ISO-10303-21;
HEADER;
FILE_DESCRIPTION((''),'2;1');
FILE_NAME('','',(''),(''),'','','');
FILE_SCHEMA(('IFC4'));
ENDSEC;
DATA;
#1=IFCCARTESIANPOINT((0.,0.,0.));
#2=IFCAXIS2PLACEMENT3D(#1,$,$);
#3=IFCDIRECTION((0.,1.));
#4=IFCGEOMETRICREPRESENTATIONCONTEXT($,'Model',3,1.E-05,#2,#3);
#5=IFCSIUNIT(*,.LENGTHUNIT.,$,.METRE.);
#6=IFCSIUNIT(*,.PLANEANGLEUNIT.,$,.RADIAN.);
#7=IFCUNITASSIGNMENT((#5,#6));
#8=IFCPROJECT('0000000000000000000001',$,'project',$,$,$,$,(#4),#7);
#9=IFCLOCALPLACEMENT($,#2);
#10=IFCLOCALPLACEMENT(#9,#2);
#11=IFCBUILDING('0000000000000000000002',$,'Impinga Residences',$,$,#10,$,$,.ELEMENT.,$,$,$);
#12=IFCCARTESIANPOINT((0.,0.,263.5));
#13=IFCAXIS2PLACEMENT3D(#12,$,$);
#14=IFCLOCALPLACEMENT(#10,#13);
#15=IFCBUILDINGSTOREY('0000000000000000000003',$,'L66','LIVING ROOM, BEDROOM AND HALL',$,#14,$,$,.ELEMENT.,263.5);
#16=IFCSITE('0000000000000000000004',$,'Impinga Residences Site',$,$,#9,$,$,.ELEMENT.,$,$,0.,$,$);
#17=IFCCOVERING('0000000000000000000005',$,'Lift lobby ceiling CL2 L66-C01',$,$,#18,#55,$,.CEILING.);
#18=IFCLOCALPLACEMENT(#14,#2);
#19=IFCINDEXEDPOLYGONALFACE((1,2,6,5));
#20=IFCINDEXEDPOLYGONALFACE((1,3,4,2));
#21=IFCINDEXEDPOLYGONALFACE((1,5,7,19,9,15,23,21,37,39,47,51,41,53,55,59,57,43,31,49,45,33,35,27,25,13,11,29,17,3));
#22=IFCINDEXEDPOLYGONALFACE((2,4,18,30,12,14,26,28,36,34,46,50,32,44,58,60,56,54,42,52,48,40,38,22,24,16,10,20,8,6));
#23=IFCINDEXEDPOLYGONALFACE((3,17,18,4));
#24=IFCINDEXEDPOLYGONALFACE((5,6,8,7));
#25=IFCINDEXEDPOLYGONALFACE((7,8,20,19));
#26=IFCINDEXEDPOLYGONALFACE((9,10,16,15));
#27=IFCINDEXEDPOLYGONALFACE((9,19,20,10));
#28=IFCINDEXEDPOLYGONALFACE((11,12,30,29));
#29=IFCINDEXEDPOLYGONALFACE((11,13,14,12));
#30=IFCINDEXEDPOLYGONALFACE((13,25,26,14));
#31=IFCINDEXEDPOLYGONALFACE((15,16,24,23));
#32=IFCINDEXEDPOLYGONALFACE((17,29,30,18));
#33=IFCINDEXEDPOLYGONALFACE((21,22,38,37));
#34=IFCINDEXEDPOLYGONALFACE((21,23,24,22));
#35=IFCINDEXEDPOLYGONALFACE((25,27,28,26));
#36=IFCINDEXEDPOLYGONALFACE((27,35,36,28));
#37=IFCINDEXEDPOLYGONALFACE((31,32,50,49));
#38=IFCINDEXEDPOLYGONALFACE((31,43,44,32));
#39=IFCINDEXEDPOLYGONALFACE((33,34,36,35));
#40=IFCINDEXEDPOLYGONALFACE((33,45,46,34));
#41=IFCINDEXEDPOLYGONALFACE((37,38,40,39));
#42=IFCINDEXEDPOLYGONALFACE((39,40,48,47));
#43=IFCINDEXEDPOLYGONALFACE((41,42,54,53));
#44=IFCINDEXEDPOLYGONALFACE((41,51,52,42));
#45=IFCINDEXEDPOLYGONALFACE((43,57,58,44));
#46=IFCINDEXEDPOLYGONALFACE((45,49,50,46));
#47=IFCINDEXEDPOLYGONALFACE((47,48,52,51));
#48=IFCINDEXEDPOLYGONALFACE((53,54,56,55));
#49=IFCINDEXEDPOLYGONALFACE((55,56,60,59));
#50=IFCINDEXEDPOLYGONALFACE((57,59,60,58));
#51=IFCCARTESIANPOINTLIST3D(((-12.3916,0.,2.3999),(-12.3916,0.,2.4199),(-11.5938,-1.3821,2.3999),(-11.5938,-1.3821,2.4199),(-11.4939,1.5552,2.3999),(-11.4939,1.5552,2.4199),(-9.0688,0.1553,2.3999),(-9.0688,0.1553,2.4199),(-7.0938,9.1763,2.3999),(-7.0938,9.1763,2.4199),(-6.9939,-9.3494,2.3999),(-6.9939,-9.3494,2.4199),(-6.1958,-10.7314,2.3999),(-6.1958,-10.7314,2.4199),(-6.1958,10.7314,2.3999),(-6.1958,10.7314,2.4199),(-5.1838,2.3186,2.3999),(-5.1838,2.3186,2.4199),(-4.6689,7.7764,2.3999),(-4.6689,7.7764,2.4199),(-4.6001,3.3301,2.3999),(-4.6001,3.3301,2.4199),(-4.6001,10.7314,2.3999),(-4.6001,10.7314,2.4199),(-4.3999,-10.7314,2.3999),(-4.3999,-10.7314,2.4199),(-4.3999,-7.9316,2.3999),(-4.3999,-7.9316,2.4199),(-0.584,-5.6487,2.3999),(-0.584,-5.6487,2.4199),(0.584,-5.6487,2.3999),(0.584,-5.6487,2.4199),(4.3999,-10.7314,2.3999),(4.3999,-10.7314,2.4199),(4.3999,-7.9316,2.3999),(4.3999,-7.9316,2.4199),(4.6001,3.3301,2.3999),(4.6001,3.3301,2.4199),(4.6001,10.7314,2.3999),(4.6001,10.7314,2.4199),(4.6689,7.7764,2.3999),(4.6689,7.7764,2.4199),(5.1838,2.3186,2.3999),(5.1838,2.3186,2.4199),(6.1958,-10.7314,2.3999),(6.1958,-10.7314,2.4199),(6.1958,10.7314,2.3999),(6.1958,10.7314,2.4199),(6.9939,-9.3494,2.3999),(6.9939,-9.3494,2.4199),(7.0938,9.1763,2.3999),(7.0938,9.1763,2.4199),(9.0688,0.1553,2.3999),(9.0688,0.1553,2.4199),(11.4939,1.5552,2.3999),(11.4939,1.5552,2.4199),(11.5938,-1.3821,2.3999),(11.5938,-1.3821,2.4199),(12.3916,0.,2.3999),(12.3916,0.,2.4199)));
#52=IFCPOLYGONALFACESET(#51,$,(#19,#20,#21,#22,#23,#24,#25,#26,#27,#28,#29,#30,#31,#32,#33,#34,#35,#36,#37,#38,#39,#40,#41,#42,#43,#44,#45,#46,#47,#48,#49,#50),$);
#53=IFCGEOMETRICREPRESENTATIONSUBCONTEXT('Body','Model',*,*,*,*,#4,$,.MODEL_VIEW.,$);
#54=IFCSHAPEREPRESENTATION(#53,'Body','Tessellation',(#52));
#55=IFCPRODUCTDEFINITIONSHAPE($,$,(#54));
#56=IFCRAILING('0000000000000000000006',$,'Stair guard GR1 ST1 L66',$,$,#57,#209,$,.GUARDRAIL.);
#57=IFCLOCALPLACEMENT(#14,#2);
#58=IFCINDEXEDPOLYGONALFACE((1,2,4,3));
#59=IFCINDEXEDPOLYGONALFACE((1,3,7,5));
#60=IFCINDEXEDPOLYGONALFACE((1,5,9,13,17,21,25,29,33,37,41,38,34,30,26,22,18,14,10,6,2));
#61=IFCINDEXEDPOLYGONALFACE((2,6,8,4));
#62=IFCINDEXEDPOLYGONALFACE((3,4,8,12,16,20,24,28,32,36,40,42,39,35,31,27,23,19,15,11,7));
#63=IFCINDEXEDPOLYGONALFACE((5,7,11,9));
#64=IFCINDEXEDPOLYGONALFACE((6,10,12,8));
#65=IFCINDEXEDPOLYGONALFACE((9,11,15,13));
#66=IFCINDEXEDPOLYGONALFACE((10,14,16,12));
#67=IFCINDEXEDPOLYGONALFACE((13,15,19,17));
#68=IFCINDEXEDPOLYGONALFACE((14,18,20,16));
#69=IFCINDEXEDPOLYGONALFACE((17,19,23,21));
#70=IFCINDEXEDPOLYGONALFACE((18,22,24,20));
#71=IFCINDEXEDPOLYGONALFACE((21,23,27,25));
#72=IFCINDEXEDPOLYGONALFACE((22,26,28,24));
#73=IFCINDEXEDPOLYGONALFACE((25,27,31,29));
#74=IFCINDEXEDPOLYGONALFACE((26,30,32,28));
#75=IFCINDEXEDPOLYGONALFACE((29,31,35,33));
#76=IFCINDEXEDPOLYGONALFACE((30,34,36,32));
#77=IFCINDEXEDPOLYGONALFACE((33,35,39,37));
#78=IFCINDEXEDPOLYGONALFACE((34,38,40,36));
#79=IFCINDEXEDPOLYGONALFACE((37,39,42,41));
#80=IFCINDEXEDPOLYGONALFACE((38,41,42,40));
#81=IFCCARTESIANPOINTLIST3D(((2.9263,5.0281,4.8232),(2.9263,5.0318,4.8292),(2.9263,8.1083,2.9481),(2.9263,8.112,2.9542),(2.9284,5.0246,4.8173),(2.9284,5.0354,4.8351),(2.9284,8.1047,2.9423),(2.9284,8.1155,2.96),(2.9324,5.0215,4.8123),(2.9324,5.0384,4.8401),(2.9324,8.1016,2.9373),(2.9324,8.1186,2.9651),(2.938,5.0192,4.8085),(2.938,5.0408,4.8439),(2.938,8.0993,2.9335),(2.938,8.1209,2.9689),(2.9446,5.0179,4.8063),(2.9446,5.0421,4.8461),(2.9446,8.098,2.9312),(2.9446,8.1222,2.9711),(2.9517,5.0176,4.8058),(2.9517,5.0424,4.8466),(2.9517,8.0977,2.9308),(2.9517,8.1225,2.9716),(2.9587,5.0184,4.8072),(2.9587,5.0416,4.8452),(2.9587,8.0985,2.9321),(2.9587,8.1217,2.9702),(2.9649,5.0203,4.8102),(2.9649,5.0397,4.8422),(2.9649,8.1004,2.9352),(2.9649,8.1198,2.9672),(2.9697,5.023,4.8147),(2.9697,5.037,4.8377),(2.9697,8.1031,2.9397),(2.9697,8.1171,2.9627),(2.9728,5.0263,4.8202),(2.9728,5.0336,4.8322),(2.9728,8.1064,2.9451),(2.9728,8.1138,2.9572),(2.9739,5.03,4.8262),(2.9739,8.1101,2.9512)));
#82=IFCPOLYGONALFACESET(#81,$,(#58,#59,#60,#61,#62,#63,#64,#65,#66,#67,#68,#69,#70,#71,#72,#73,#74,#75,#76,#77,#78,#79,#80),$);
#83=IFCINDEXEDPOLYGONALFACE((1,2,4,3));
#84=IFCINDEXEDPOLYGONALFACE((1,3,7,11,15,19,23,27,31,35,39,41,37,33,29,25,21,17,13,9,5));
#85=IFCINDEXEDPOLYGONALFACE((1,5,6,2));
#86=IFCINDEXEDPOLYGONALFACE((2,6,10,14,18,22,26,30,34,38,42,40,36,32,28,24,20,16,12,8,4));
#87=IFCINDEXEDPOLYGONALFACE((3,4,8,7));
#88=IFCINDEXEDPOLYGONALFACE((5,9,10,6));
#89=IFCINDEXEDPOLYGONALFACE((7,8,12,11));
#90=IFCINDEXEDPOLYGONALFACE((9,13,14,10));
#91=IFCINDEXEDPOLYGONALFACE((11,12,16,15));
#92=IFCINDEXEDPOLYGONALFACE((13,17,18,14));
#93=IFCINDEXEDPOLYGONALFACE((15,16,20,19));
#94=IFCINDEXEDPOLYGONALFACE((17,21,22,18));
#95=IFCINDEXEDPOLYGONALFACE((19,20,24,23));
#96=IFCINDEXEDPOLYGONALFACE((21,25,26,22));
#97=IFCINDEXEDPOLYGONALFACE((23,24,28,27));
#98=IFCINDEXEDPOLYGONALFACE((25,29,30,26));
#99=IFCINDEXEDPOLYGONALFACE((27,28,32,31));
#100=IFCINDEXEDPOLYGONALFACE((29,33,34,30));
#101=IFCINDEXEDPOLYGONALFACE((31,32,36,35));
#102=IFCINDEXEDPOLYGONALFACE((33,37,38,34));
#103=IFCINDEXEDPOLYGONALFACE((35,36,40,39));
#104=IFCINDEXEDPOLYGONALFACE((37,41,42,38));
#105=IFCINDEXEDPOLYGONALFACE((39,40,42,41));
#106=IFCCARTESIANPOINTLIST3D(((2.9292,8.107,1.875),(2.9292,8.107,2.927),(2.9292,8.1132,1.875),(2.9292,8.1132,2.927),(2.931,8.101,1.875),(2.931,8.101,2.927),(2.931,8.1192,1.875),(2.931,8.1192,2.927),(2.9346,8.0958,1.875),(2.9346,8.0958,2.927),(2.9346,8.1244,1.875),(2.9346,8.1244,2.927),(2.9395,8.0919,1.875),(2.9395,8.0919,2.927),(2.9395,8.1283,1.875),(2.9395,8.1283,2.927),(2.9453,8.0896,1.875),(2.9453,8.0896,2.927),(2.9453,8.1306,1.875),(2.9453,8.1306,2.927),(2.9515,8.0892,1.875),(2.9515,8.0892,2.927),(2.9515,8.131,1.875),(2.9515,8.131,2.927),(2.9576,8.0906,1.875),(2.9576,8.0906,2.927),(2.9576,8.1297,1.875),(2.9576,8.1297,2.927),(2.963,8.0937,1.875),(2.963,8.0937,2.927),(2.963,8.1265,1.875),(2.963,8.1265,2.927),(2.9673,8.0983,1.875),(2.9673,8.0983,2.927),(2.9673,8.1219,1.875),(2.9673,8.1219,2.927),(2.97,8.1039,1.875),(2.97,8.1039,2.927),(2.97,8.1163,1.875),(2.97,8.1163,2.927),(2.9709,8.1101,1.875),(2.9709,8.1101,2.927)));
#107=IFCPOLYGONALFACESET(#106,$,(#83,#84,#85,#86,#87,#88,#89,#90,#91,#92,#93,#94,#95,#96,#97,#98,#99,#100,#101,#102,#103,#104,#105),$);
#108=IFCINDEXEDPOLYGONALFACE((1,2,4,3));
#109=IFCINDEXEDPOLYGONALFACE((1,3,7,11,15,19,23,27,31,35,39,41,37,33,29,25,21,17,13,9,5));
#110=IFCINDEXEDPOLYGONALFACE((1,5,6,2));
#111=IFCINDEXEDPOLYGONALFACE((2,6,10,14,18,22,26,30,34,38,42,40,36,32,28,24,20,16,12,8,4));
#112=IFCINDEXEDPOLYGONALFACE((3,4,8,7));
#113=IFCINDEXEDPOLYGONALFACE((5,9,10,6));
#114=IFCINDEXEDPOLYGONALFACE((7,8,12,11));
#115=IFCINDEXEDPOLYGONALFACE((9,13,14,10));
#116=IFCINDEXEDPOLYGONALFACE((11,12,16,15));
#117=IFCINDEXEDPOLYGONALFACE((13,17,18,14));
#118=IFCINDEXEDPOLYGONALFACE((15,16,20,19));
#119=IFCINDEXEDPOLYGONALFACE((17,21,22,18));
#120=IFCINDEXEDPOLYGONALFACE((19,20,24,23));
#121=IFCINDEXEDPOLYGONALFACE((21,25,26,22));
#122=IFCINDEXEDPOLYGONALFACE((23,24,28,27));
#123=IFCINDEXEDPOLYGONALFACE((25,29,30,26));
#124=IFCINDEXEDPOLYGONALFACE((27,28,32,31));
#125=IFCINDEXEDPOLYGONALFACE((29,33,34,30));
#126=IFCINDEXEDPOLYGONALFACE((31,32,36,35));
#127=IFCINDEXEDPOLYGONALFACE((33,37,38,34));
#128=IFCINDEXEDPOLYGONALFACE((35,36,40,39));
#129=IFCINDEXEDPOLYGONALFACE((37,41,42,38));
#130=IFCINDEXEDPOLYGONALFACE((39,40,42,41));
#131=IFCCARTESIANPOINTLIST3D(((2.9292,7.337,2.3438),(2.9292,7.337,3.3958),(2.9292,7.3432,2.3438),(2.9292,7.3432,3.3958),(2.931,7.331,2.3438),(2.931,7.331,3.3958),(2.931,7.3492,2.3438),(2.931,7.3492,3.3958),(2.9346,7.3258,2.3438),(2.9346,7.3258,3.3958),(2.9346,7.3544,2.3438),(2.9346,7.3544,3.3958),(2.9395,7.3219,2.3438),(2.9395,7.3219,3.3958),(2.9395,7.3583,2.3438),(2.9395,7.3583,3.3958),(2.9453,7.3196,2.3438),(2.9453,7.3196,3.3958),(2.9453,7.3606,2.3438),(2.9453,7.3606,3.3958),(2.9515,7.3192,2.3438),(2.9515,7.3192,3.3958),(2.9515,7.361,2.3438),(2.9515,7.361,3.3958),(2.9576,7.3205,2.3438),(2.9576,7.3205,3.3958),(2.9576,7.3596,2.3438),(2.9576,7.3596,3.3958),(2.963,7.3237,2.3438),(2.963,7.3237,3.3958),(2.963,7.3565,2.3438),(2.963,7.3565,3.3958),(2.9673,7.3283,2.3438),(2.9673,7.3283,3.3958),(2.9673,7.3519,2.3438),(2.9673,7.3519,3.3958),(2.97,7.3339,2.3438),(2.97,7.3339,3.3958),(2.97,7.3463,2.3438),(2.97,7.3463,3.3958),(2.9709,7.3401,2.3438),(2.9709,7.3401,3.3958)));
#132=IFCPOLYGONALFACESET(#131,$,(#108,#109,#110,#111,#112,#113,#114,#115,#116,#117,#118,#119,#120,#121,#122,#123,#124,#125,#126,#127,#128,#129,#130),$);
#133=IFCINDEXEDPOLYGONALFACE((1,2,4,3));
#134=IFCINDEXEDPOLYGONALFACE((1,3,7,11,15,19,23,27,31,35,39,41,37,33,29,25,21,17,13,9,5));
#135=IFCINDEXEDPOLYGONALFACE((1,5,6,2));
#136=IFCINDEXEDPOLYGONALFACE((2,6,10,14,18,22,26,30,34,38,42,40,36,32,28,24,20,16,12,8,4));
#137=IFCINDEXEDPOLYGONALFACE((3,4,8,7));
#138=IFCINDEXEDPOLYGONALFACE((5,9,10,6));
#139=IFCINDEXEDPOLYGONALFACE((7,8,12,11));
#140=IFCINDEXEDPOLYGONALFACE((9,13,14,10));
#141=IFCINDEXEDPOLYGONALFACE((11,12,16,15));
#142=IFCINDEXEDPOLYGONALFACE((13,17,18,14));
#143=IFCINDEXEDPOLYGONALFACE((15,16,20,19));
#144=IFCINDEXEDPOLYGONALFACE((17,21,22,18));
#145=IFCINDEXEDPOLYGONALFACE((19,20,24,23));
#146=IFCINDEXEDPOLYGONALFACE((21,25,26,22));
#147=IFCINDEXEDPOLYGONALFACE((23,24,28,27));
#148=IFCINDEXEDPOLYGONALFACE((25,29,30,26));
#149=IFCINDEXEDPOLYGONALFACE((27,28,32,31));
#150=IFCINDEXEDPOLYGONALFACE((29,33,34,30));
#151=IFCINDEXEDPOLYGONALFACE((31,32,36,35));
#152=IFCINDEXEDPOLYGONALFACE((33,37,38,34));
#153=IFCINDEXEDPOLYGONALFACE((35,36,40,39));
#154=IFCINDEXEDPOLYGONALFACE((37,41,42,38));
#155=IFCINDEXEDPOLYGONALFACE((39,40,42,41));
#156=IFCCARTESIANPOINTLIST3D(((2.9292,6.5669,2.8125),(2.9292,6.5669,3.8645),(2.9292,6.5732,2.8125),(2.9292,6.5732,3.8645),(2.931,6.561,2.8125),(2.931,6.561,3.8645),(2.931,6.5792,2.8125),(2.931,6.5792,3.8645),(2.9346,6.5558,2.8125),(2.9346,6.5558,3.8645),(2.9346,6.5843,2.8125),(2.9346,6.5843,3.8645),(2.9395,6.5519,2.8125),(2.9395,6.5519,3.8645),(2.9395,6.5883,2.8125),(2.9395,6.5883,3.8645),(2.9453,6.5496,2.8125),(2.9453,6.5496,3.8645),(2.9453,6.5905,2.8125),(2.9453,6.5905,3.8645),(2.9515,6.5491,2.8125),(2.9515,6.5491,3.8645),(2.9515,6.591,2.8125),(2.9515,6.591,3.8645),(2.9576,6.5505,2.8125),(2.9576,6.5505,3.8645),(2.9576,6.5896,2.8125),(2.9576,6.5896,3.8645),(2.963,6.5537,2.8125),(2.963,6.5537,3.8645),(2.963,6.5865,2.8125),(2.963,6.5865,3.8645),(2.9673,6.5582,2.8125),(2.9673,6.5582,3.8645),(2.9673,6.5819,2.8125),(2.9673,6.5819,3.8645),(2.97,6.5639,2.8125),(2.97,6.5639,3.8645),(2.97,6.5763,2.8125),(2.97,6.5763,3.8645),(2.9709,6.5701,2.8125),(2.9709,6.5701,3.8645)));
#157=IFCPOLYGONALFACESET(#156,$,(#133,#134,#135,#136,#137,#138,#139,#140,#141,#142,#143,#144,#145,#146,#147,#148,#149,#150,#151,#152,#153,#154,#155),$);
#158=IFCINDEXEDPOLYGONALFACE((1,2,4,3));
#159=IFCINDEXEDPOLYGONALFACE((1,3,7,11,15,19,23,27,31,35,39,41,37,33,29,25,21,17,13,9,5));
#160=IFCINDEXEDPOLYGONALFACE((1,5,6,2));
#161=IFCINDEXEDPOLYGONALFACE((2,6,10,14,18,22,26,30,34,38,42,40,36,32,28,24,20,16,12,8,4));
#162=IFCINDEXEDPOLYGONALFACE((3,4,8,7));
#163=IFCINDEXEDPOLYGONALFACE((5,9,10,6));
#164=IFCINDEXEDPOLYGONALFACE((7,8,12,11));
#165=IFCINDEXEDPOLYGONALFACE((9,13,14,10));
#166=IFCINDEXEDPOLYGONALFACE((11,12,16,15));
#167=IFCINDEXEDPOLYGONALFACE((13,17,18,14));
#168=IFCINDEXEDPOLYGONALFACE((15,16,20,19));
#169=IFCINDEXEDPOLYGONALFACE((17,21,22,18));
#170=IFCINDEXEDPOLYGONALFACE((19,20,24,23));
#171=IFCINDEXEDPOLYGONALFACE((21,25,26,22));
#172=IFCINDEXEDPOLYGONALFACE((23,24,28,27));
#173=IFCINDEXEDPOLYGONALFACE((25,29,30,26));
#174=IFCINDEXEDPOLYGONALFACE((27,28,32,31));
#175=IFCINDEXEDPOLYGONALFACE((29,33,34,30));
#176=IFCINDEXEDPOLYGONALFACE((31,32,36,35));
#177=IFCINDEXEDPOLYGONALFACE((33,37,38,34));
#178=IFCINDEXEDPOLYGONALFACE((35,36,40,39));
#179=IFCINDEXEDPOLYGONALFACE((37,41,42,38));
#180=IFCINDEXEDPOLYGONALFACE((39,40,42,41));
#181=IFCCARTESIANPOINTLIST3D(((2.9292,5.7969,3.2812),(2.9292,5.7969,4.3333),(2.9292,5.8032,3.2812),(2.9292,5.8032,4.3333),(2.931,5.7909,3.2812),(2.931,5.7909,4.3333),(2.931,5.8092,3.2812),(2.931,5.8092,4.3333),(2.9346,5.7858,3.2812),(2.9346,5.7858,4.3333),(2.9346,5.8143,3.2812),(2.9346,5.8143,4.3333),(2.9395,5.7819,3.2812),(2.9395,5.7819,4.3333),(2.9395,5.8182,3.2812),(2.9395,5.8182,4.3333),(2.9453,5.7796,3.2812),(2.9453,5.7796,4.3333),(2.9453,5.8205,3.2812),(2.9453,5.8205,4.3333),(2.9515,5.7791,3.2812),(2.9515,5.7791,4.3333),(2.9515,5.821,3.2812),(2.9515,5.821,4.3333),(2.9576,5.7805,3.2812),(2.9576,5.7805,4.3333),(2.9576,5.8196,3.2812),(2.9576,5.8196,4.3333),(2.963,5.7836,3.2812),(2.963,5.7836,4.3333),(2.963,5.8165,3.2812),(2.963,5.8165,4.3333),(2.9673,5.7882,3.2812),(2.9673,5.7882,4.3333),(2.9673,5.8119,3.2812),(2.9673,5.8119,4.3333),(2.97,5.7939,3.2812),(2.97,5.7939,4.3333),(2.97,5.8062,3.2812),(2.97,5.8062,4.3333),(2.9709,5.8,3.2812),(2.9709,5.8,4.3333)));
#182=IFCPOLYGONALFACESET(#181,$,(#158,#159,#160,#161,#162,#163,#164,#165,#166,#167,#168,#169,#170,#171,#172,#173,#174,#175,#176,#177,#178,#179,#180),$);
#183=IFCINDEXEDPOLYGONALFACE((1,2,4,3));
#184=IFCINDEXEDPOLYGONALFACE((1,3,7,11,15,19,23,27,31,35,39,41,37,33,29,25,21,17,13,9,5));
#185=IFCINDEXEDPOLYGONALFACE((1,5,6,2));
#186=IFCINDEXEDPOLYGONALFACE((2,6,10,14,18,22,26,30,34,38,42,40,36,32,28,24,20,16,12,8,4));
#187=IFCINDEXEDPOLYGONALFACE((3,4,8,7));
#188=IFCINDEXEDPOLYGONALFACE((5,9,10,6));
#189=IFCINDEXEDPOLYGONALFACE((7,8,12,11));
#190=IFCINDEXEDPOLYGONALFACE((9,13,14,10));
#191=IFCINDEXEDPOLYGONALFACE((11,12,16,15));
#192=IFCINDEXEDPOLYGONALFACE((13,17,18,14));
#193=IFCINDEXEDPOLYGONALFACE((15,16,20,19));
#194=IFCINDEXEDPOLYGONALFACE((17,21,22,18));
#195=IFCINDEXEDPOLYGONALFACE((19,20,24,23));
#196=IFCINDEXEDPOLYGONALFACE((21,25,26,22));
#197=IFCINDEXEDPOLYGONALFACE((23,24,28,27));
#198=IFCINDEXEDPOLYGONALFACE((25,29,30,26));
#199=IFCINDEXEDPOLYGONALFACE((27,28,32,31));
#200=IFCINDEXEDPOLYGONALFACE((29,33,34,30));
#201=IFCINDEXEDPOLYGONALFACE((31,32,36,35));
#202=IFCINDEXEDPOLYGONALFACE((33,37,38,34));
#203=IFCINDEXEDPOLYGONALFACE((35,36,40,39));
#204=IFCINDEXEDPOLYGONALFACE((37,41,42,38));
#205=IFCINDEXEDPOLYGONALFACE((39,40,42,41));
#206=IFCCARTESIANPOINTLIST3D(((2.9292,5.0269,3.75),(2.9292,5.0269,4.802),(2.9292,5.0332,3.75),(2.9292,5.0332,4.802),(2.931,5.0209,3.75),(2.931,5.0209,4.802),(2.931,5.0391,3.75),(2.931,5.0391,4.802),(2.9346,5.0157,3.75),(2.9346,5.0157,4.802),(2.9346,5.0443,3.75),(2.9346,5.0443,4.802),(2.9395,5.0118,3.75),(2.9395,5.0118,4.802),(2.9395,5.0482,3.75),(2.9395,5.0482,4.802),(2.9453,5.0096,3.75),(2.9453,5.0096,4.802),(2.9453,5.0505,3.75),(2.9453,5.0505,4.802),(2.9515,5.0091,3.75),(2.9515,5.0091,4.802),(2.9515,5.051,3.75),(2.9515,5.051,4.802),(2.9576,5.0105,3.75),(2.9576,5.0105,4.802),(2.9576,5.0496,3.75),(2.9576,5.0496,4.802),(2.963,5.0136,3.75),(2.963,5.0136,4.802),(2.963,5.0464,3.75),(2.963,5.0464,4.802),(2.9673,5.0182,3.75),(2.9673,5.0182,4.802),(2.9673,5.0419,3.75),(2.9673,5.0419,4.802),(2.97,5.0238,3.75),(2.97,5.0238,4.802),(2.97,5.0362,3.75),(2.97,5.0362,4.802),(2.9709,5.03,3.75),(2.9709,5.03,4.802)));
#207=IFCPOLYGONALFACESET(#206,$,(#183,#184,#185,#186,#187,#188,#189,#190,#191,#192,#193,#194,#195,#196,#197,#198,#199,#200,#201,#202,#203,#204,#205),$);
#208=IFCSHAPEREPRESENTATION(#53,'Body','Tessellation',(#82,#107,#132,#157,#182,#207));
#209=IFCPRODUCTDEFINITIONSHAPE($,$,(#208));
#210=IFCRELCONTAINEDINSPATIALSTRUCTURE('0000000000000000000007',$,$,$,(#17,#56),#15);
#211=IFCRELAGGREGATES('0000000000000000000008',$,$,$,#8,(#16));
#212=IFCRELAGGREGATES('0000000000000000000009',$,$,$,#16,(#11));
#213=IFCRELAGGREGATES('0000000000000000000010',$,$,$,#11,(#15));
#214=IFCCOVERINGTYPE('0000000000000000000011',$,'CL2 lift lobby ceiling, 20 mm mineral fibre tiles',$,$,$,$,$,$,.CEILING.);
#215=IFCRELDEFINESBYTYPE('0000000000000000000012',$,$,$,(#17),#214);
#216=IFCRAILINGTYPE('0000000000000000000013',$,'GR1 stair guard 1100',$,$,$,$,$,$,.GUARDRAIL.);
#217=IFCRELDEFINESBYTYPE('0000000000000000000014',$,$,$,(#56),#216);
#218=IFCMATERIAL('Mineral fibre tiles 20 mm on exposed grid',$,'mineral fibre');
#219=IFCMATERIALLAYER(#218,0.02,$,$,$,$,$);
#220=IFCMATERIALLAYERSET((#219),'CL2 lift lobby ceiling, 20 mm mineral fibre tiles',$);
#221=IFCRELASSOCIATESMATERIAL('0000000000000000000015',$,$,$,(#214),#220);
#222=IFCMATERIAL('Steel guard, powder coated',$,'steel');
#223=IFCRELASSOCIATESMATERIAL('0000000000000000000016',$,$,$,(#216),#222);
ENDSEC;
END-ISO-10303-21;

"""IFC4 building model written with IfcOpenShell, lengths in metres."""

from ifc_helpers import new_model, si_unit, direction, frame, origin, origin_2d, place, context, subcontext, project, spatial, polyline, circle, outline, extrude, material, layer, layer_set, type_object, element, save


model = new_model("IFC4")

# Units and contexts
model_context = context("Model", 3, precision=1e-05, world=origin(), true_north=direction((0.0, 1.0)))
body_context = subcontext(model_context, "Body", "Model", "MODEL_VIEW")
ifc_project = project(units=[si_unit("LENGTHUNIT", "METRE"), si_unit("PLANEANGLEUNIT", "RADIAN")], contexts=[model_context])

# Site, building, storey
site_placement = place(None, origin())
site = spatial("IfcSite", under=ifc_project, at=site_placement, Name="Impinga Residences Site", CompositionType="ELEMENT", RefElevation=0.0)
building_placement = place(site_placement, origin())
building = spatial("IfcBuilding", under=site, at=building_placement, Name="Impinga Residences", CompositionType="ELEMENT")
storey_placement = place(building_placement, frame((0.0, 0.0, 263.5)))
storey = spatial("IfcBuildingStorey", under=building, at=storey_placement, Name="L66", Description="LIVING ROOM, BEDROOM AND HALL", CompositionType="ELEMENT", Elevation=263.5)

# Covering
ifc_material_1 = material(Name="Mineral fibre tiles 20 mm on exposed grid", Category="mineral fibre")
ifc_layer_1 = layer(ifc_material_1, 0.02)
ifc_layer_set_1 = layer_set([ifc_layer_1], Name="CL2 lift lobby ceiling, 20 mm mineral fibre tiles")
covering_type_1 = type_object("IfcCoveringType", Name="CL2 lift lobby ceiling, 20 mm mineral fibre tiles", PredefinedType="CEILING", material=ifc_layer_set_1)
covering_1_placement = place(storey_placement, frame((0.0, 0.0, 2.3999)))
element("IfcCovering", 1, at=covering_1_placement, inside=storey, type_object=covering_type_1, Name="Lift lobby ceiling CL2 L66-C01", PredefinedType="CEILING", context=body_context, shape_type="SweptSolid", body=[
    extrude(outline(polyline([(12.3916, 0.0), (11.5938, -1.3821), (5.1838, 2.3186), (0.584, -5.6487), (6.9939, -9.3494), (6.1958, -10.7314), (4.3999, -10.7314), (4.3999, -7.9316), (-4.3999, -7.9316), (-4.3999, -10.7314), (-6.1958, -10.7314), (-6.9939, -9.3494), (-0.584, -5.6487), (-5.1838, 2.3186), (-11.5938, -1.3821), (-12.3916, 0.0), (-11.4939, 1.5552), (-9.0688, 0.1553), (-4.6689, 7.7764), (-7.0938, 9.1763), (-6.1958, 10.7314), (-4.6001, 10.7314), (-4.6001, 3.3301), (4.6001, 3.3301), (4.6001, 10.7314), (6.1958, 10.7314), (7.0938, 9.1763), (4.6689, 7.7764), (9.0688, 0.1553), (11.4939, 1.5552), (12.3916, 0.0)])), origin(), (0.0, 0.0, 1.0), 0.02),
])

# Railing
ifc_material_2 = material(Name="Steel guard, powder coated", Category="steel")
railing_type_1 = type_object("IfcRailingType", Name="GR1 stair guard 1100", PredefinedType="GUARDRAIL", material=ifc_material_2)
railing_1_placement = place(storey_placement, frame((2.95, 8.1101, 1.875)))
element("IfcRailing", 2, at=railing_1_placement, inside=storey, type_object=railing_type_1, Name="Stair guard GR1 ST1 L66", PredefinedType="GUARDRAIL", context=body_context, shape_type="SweptSolid", body=[
    extrude(circle(Radius=0.0239, at=origin_2d()), frame((0.0, 0.0, 1.0762), z_axis=(0.0, -0.854178, 0.519981), x_axis=(1.0, 0.0, 0.0)), (0.0, 0.0, 1.0), 3.606),
    extrude(circle(Radius=0.021, at=origin_2d()), origin(), (0.0, 0.0, 1.0), 1.052),
    extrude(circle(Radius=0.021, at=origin_2d()), frame((0.0, -0.77, 0.4688)), (0.0, 0.0, 1.0), 1.052),
    extrude(circle(Radius=0.021, at=origin_2d()), frame((0.0, -1.54, 0.9375)), (0.0, 0.0, 1.0), 1.052),
    extrude(circle(Radius=0.021, at=origin_2d()), frame((0.0, -2.3101, 1.4062)), (0.0, 0.0, 1.0), 1.052),
    extrude(circle(Radius=0.021, at=origin_2d()), frame((0.0, -3.0801, 1.875)), (0.0, 0.0, 1.0), 1.052),
])

save(model, "model.ifc")
